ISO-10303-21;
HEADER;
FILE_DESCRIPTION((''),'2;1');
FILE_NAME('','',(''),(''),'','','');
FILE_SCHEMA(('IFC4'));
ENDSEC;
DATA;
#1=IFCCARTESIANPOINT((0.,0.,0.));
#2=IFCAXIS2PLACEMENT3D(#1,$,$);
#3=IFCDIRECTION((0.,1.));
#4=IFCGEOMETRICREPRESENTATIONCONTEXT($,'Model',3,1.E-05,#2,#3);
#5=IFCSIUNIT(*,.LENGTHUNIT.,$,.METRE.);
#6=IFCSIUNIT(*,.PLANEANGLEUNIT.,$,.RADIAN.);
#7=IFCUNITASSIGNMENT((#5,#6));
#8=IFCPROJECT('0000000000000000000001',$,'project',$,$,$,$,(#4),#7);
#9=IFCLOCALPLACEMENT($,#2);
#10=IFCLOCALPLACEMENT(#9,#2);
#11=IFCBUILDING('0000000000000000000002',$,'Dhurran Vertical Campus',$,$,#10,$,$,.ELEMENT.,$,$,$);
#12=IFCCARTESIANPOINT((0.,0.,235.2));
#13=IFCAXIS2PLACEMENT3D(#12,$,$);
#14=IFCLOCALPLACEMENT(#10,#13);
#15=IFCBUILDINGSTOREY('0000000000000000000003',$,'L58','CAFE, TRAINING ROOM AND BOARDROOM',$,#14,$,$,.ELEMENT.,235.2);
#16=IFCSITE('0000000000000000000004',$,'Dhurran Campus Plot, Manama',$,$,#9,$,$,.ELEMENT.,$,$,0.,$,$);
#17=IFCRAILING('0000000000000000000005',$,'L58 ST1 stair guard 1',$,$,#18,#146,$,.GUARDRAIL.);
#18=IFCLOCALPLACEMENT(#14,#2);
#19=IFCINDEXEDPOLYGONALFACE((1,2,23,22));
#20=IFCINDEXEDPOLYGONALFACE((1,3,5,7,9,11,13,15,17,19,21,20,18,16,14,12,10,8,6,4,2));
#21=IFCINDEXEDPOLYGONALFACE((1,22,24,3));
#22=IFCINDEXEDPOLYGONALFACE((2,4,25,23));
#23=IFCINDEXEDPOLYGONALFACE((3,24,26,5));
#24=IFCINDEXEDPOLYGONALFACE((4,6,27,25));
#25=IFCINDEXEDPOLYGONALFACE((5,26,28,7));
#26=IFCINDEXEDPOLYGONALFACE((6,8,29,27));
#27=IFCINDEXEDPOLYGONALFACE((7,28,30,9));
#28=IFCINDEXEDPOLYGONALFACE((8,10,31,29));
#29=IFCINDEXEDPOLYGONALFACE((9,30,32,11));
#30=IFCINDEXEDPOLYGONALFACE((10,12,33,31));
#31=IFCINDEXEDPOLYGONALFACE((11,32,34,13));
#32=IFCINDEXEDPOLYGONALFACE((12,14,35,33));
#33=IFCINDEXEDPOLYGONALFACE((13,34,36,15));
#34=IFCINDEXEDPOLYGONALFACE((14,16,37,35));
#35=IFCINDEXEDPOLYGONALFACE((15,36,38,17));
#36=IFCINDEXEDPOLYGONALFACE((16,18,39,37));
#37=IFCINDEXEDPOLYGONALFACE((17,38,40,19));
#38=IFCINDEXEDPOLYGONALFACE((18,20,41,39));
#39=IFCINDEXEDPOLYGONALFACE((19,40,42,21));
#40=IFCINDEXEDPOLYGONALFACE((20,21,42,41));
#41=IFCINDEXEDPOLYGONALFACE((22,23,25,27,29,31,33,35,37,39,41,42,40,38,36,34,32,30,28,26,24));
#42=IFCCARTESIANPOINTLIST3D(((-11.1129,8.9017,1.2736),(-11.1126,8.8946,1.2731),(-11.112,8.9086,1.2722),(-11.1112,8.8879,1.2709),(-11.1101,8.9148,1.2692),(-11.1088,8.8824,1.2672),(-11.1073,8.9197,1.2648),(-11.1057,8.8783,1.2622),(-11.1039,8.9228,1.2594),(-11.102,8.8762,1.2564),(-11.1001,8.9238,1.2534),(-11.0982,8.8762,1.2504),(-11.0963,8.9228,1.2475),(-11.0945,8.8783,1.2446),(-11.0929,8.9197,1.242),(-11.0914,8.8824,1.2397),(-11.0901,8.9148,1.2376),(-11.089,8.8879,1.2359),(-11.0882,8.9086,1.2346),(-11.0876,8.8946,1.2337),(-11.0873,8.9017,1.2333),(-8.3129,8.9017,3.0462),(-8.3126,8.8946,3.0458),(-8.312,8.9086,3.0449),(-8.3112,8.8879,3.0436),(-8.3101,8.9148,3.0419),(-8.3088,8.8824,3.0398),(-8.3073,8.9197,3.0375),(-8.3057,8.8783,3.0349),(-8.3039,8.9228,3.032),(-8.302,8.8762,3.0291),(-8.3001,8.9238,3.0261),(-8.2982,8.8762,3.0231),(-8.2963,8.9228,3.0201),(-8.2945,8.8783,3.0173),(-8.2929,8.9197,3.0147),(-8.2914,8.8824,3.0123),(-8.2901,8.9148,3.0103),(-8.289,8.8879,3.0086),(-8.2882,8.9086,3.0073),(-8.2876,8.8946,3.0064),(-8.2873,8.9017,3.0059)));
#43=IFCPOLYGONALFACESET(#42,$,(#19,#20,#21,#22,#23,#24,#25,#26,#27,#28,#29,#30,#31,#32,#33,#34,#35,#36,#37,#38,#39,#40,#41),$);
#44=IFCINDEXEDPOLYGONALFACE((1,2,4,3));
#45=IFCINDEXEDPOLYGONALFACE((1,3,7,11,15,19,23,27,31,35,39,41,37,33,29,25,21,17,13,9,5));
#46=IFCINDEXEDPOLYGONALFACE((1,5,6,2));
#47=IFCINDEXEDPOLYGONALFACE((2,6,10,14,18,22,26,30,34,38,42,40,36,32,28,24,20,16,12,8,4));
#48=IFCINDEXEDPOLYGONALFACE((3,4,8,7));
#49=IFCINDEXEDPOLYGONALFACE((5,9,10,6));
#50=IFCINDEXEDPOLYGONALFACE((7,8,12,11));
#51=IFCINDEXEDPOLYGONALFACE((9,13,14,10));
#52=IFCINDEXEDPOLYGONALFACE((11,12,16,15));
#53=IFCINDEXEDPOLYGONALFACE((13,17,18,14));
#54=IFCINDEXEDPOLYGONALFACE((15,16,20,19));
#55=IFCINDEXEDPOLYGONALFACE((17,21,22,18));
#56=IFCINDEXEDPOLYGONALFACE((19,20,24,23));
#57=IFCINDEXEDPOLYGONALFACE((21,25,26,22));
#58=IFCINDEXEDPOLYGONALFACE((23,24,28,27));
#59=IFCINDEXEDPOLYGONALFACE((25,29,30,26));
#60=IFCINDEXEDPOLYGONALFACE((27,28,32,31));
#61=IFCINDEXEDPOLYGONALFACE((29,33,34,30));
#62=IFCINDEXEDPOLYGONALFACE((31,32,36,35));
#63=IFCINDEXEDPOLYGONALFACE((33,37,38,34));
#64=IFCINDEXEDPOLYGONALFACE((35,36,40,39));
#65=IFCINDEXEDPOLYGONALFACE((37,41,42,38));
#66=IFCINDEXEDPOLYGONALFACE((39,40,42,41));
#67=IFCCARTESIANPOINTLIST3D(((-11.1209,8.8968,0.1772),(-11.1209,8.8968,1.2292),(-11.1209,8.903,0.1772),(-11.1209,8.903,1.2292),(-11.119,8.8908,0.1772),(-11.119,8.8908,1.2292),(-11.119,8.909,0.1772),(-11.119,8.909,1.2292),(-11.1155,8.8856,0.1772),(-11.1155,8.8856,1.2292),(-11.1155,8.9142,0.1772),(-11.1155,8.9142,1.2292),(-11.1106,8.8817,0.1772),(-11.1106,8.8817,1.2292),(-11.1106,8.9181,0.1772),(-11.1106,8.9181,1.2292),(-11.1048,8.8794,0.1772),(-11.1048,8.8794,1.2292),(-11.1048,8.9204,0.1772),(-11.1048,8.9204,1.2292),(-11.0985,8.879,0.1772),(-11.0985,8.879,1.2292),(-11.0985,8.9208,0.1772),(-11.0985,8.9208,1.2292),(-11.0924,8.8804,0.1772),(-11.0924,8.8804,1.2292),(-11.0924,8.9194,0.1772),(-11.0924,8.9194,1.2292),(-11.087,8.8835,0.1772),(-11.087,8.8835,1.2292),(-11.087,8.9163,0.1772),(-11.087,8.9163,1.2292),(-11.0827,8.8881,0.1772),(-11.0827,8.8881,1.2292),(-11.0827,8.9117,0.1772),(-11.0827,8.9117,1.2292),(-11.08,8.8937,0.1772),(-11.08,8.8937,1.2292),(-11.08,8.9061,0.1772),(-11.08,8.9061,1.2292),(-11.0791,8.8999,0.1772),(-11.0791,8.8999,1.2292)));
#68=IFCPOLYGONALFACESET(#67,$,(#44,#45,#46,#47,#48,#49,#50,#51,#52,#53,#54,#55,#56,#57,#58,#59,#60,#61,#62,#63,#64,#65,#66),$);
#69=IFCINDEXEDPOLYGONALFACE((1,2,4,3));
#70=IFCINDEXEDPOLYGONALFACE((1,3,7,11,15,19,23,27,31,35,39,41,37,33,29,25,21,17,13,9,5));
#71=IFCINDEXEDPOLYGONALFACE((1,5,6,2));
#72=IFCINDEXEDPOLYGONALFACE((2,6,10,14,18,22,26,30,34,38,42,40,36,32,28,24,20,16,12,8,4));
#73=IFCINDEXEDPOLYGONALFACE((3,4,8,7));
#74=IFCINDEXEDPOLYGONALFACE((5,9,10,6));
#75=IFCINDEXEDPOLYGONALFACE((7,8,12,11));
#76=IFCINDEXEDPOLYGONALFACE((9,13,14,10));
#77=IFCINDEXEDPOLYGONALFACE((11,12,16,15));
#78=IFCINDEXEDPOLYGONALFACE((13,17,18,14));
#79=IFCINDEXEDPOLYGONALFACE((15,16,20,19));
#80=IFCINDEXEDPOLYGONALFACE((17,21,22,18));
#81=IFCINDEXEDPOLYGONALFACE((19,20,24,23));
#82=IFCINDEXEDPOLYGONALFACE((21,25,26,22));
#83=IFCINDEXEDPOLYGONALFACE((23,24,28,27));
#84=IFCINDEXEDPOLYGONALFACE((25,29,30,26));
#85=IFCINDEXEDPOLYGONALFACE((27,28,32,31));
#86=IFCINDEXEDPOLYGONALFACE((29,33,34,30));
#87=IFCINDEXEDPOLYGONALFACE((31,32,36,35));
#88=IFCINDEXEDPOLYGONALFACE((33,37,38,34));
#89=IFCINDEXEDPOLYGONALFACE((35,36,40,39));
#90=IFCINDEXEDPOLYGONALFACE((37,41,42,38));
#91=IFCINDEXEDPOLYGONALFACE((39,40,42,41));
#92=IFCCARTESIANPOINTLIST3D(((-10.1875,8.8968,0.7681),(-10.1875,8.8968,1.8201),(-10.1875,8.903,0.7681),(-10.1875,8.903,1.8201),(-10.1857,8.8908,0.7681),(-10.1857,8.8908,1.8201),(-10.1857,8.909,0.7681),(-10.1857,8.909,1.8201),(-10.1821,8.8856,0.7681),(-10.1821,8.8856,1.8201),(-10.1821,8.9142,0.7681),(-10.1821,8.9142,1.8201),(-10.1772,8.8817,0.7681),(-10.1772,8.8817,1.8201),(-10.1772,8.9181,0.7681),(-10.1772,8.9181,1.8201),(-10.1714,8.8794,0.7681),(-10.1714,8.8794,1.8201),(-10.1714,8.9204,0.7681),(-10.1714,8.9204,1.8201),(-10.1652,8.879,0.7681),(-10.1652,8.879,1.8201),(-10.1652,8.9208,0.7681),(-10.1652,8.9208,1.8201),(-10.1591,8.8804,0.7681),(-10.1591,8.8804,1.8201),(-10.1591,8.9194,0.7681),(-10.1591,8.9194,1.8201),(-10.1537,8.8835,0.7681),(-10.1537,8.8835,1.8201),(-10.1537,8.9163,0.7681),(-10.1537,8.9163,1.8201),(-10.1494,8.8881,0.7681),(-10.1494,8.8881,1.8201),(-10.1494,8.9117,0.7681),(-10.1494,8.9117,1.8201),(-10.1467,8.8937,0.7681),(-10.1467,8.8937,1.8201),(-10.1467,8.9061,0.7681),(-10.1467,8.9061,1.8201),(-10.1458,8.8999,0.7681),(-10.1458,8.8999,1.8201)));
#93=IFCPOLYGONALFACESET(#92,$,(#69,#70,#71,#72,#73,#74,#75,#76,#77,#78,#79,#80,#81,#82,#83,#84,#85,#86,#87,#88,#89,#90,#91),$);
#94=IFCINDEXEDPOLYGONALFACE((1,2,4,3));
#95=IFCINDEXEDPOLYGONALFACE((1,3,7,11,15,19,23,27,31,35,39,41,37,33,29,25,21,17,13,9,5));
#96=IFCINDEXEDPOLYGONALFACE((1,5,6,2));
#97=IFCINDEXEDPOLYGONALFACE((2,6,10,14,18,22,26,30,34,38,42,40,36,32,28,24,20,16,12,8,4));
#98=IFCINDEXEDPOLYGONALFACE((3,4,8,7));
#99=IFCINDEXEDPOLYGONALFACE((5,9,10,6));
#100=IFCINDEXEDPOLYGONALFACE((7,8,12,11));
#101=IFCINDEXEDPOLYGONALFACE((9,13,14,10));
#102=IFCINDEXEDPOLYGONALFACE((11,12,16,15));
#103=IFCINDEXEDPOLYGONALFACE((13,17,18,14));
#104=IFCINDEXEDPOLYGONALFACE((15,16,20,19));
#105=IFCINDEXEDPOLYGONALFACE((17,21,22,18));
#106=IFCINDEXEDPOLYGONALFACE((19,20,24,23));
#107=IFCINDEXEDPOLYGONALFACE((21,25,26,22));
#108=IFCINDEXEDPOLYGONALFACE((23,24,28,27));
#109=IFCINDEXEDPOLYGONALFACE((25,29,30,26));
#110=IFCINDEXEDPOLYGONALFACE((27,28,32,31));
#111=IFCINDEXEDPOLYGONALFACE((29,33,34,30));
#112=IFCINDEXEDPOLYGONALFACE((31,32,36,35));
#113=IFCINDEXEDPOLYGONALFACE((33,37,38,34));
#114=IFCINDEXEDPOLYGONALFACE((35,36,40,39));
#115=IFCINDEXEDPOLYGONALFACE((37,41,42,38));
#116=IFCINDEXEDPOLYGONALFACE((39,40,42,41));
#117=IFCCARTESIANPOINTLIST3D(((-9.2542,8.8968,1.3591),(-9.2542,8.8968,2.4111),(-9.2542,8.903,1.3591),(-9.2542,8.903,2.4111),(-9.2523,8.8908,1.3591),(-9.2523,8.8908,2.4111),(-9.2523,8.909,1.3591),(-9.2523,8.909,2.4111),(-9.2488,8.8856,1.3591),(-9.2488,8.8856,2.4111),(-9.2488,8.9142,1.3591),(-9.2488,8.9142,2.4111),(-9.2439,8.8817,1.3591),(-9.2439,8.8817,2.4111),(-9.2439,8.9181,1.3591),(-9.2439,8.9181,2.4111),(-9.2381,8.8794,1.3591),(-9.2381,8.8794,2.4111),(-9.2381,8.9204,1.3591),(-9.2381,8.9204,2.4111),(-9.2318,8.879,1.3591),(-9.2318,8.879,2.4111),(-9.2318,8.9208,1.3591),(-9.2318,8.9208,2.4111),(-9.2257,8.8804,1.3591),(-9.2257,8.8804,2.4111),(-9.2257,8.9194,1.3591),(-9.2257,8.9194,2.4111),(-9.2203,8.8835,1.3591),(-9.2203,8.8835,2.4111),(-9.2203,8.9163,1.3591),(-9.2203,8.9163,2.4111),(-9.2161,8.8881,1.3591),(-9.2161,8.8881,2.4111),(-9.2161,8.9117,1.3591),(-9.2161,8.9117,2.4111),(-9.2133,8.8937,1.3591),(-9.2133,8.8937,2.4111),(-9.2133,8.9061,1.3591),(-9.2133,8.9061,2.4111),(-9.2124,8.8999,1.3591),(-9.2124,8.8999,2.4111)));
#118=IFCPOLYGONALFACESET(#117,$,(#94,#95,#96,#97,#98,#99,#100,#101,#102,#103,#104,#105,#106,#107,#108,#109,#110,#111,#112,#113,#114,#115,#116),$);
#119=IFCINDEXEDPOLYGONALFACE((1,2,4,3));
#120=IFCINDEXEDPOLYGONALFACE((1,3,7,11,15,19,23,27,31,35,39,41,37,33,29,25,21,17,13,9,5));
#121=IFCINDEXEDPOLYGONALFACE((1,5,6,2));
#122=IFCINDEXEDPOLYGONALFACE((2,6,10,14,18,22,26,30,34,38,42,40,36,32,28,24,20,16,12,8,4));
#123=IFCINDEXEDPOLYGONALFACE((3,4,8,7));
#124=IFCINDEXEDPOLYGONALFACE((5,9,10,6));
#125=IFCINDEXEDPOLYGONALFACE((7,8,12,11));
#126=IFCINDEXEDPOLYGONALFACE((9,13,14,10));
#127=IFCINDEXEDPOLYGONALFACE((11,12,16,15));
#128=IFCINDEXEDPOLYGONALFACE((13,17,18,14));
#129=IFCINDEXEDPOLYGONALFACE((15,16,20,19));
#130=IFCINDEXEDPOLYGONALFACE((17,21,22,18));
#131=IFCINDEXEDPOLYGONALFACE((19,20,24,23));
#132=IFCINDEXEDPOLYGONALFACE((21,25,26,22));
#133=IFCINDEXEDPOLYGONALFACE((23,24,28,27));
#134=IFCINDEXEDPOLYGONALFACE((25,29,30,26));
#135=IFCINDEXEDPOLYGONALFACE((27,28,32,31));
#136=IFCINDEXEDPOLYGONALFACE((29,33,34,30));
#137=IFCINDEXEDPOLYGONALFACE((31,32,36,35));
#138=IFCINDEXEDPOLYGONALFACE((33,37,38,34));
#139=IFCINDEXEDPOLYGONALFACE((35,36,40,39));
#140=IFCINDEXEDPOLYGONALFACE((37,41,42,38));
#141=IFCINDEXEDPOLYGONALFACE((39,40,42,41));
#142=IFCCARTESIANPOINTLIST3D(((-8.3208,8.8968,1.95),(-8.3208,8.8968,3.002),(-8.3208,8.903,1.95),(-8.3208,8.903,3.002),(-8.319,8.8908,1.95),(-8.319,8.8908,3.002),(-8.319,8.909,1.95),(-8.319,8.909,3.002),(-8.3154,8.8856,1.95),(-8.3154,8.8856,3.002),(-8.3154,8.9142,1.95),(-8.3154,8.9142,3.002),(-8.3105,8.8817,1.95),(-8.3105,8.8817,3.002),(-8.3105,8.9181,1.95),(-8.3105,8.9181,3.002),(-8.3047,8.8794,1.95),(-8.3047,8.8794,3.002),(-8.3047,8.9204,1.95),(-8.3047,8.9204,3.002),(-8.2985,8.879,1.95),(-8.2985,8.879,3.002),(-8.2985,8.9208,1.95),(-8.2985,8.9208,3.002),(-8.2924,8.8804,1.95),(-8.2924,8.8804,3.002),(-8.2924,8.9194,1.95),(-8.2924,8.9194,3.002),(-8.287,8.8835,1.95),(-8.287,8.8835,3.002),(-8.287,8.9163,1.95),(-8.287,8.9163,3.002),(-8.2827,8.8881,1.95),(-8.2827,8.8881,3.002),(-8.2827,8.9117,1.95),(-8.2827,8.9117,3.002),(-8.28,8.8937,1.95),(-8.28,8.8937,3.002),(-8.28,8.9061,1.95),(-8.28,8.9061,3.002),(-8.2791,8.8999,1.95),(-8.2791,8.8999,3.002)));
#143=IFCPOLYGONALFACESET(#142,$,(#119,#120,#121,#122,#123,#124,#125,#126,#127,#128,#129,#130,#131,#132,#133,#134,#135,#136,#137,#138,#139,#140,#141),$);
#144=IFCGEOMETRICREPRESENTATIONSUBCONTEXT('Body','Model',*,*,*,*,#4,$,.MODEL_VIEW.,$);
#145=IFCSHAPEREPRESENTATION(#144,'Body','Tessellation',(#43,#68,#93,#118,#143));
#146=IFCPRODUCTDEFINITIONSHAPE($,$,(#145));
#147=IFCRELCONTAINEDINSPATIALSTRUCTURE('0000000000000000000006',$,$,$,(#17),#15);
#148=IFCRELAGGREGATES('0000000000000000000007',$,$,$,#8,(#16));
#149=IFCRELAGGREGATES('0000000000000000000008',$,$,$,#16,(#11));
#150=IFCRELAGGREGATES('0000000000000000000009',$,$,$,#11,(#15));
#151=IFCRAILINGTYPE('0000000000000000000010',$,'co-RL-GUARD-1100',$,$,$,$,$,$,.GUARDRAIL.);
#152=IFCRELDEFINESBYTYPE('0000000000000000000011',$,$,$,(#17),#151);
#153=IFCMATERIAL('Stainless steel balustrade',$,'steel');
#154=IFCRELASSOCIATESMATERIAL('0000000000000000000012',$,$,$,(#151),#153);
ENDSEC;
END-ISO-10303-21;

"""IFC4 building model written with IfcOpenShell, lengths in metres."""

from ifc_helpers import new_model, si_unit, direction, frame, origin, origin_2d, place, context, subcontext, project, spatial, circle, extrude, material, type_object, element, save


model = new_model("IFC4")

# Units and contexts
model_context = context("Model", 3, precision=1e-05, world=origin(), true_north=direction((0.0, 1.0)))
body_context = subcontext(model_context, "Body", "Model", "MODEL_VIEW")
ifc_project = project(units=[si_unit("LENGTHUNIT", "METRE"), si_unit("PLANEANGLEUNIT", "RADIAN")], contexts=[model_context])

# Site, building, storey
site_placement = place(None, origin())
site = spatial("IfcSite", under=ifc_project, at=site_placement, Name="Dhurran Campus Plot, Manama", CompositionType="ELEMENT", RefElevation=0.0)
building_placement = place(site_placement, origin())
building = spatial("IfcBuilding", under=site, at=building_placement, Name="Dhurran Vertical Campus", CompositionType="ELEMENT")
storey_placement = place(building_placement, frame((0.0, 0.0, 235.2)))
storey = spatial("IfcBuildingStorey", under=building, at=storey_placement, Name="L58", Description="CAFE, TRAINING ROOM AND BOARDROOM", CompositionType="ELEMENT", Elevation=235.2)

# Railing
ifc_material_1 = material(Name="Stainless steel balustrade", Category="steel")
railing_type_1 = type_object("IfcRailingType", Name="co-RL-GUARD-1100", PredefinedType="GUARDRAIL", material=ifc_material_1)
railing_1_placement = place(storey_placement, frame((-11.1001, 8.8999, 0.1772)))
element("IfcRailing", 1, at=railing_1_placement, inside=storey, type_object=railing_type_1, Name="L58 ST1 stair guard 1", PredefinedType="GUARDRAIL", context=body_context, shape_type="SweptSolid", body=[
    extrude(circle(Radius=0.0239, at=origin_2d()), frame((0.0, 0.0, 1.0762), z_axis=(0.844909, 0.0, 0.53491), x_axis=(0.0, 1.0, 0.0)), (0.0, 0.0, 1.0), 3.314),
    extrude(circle(Radius=0.021, at=origin_2d()), origin(), (0.0, 0.0, 1.0), 1.052),
    extrude(circle(Radius=0.021, at=origin_2d()), frame((0.9333, 0.0, 0.5908)), (0.0, 0.0, 1.0), 1.052),
    extrude(circle(Radius=0.021, at=origin_2d()), frame((1.8667, 0.0, 1.1819)), (0.0, 0.0, 1.0), 1.052),
    extrude(circle(Radius=0.021, at=origin_2d()), frame((2.8, 0.0, 1.7727)), (0.0, 0.0, 1.0), 1.052),
])

save(model, "model.ifc")
